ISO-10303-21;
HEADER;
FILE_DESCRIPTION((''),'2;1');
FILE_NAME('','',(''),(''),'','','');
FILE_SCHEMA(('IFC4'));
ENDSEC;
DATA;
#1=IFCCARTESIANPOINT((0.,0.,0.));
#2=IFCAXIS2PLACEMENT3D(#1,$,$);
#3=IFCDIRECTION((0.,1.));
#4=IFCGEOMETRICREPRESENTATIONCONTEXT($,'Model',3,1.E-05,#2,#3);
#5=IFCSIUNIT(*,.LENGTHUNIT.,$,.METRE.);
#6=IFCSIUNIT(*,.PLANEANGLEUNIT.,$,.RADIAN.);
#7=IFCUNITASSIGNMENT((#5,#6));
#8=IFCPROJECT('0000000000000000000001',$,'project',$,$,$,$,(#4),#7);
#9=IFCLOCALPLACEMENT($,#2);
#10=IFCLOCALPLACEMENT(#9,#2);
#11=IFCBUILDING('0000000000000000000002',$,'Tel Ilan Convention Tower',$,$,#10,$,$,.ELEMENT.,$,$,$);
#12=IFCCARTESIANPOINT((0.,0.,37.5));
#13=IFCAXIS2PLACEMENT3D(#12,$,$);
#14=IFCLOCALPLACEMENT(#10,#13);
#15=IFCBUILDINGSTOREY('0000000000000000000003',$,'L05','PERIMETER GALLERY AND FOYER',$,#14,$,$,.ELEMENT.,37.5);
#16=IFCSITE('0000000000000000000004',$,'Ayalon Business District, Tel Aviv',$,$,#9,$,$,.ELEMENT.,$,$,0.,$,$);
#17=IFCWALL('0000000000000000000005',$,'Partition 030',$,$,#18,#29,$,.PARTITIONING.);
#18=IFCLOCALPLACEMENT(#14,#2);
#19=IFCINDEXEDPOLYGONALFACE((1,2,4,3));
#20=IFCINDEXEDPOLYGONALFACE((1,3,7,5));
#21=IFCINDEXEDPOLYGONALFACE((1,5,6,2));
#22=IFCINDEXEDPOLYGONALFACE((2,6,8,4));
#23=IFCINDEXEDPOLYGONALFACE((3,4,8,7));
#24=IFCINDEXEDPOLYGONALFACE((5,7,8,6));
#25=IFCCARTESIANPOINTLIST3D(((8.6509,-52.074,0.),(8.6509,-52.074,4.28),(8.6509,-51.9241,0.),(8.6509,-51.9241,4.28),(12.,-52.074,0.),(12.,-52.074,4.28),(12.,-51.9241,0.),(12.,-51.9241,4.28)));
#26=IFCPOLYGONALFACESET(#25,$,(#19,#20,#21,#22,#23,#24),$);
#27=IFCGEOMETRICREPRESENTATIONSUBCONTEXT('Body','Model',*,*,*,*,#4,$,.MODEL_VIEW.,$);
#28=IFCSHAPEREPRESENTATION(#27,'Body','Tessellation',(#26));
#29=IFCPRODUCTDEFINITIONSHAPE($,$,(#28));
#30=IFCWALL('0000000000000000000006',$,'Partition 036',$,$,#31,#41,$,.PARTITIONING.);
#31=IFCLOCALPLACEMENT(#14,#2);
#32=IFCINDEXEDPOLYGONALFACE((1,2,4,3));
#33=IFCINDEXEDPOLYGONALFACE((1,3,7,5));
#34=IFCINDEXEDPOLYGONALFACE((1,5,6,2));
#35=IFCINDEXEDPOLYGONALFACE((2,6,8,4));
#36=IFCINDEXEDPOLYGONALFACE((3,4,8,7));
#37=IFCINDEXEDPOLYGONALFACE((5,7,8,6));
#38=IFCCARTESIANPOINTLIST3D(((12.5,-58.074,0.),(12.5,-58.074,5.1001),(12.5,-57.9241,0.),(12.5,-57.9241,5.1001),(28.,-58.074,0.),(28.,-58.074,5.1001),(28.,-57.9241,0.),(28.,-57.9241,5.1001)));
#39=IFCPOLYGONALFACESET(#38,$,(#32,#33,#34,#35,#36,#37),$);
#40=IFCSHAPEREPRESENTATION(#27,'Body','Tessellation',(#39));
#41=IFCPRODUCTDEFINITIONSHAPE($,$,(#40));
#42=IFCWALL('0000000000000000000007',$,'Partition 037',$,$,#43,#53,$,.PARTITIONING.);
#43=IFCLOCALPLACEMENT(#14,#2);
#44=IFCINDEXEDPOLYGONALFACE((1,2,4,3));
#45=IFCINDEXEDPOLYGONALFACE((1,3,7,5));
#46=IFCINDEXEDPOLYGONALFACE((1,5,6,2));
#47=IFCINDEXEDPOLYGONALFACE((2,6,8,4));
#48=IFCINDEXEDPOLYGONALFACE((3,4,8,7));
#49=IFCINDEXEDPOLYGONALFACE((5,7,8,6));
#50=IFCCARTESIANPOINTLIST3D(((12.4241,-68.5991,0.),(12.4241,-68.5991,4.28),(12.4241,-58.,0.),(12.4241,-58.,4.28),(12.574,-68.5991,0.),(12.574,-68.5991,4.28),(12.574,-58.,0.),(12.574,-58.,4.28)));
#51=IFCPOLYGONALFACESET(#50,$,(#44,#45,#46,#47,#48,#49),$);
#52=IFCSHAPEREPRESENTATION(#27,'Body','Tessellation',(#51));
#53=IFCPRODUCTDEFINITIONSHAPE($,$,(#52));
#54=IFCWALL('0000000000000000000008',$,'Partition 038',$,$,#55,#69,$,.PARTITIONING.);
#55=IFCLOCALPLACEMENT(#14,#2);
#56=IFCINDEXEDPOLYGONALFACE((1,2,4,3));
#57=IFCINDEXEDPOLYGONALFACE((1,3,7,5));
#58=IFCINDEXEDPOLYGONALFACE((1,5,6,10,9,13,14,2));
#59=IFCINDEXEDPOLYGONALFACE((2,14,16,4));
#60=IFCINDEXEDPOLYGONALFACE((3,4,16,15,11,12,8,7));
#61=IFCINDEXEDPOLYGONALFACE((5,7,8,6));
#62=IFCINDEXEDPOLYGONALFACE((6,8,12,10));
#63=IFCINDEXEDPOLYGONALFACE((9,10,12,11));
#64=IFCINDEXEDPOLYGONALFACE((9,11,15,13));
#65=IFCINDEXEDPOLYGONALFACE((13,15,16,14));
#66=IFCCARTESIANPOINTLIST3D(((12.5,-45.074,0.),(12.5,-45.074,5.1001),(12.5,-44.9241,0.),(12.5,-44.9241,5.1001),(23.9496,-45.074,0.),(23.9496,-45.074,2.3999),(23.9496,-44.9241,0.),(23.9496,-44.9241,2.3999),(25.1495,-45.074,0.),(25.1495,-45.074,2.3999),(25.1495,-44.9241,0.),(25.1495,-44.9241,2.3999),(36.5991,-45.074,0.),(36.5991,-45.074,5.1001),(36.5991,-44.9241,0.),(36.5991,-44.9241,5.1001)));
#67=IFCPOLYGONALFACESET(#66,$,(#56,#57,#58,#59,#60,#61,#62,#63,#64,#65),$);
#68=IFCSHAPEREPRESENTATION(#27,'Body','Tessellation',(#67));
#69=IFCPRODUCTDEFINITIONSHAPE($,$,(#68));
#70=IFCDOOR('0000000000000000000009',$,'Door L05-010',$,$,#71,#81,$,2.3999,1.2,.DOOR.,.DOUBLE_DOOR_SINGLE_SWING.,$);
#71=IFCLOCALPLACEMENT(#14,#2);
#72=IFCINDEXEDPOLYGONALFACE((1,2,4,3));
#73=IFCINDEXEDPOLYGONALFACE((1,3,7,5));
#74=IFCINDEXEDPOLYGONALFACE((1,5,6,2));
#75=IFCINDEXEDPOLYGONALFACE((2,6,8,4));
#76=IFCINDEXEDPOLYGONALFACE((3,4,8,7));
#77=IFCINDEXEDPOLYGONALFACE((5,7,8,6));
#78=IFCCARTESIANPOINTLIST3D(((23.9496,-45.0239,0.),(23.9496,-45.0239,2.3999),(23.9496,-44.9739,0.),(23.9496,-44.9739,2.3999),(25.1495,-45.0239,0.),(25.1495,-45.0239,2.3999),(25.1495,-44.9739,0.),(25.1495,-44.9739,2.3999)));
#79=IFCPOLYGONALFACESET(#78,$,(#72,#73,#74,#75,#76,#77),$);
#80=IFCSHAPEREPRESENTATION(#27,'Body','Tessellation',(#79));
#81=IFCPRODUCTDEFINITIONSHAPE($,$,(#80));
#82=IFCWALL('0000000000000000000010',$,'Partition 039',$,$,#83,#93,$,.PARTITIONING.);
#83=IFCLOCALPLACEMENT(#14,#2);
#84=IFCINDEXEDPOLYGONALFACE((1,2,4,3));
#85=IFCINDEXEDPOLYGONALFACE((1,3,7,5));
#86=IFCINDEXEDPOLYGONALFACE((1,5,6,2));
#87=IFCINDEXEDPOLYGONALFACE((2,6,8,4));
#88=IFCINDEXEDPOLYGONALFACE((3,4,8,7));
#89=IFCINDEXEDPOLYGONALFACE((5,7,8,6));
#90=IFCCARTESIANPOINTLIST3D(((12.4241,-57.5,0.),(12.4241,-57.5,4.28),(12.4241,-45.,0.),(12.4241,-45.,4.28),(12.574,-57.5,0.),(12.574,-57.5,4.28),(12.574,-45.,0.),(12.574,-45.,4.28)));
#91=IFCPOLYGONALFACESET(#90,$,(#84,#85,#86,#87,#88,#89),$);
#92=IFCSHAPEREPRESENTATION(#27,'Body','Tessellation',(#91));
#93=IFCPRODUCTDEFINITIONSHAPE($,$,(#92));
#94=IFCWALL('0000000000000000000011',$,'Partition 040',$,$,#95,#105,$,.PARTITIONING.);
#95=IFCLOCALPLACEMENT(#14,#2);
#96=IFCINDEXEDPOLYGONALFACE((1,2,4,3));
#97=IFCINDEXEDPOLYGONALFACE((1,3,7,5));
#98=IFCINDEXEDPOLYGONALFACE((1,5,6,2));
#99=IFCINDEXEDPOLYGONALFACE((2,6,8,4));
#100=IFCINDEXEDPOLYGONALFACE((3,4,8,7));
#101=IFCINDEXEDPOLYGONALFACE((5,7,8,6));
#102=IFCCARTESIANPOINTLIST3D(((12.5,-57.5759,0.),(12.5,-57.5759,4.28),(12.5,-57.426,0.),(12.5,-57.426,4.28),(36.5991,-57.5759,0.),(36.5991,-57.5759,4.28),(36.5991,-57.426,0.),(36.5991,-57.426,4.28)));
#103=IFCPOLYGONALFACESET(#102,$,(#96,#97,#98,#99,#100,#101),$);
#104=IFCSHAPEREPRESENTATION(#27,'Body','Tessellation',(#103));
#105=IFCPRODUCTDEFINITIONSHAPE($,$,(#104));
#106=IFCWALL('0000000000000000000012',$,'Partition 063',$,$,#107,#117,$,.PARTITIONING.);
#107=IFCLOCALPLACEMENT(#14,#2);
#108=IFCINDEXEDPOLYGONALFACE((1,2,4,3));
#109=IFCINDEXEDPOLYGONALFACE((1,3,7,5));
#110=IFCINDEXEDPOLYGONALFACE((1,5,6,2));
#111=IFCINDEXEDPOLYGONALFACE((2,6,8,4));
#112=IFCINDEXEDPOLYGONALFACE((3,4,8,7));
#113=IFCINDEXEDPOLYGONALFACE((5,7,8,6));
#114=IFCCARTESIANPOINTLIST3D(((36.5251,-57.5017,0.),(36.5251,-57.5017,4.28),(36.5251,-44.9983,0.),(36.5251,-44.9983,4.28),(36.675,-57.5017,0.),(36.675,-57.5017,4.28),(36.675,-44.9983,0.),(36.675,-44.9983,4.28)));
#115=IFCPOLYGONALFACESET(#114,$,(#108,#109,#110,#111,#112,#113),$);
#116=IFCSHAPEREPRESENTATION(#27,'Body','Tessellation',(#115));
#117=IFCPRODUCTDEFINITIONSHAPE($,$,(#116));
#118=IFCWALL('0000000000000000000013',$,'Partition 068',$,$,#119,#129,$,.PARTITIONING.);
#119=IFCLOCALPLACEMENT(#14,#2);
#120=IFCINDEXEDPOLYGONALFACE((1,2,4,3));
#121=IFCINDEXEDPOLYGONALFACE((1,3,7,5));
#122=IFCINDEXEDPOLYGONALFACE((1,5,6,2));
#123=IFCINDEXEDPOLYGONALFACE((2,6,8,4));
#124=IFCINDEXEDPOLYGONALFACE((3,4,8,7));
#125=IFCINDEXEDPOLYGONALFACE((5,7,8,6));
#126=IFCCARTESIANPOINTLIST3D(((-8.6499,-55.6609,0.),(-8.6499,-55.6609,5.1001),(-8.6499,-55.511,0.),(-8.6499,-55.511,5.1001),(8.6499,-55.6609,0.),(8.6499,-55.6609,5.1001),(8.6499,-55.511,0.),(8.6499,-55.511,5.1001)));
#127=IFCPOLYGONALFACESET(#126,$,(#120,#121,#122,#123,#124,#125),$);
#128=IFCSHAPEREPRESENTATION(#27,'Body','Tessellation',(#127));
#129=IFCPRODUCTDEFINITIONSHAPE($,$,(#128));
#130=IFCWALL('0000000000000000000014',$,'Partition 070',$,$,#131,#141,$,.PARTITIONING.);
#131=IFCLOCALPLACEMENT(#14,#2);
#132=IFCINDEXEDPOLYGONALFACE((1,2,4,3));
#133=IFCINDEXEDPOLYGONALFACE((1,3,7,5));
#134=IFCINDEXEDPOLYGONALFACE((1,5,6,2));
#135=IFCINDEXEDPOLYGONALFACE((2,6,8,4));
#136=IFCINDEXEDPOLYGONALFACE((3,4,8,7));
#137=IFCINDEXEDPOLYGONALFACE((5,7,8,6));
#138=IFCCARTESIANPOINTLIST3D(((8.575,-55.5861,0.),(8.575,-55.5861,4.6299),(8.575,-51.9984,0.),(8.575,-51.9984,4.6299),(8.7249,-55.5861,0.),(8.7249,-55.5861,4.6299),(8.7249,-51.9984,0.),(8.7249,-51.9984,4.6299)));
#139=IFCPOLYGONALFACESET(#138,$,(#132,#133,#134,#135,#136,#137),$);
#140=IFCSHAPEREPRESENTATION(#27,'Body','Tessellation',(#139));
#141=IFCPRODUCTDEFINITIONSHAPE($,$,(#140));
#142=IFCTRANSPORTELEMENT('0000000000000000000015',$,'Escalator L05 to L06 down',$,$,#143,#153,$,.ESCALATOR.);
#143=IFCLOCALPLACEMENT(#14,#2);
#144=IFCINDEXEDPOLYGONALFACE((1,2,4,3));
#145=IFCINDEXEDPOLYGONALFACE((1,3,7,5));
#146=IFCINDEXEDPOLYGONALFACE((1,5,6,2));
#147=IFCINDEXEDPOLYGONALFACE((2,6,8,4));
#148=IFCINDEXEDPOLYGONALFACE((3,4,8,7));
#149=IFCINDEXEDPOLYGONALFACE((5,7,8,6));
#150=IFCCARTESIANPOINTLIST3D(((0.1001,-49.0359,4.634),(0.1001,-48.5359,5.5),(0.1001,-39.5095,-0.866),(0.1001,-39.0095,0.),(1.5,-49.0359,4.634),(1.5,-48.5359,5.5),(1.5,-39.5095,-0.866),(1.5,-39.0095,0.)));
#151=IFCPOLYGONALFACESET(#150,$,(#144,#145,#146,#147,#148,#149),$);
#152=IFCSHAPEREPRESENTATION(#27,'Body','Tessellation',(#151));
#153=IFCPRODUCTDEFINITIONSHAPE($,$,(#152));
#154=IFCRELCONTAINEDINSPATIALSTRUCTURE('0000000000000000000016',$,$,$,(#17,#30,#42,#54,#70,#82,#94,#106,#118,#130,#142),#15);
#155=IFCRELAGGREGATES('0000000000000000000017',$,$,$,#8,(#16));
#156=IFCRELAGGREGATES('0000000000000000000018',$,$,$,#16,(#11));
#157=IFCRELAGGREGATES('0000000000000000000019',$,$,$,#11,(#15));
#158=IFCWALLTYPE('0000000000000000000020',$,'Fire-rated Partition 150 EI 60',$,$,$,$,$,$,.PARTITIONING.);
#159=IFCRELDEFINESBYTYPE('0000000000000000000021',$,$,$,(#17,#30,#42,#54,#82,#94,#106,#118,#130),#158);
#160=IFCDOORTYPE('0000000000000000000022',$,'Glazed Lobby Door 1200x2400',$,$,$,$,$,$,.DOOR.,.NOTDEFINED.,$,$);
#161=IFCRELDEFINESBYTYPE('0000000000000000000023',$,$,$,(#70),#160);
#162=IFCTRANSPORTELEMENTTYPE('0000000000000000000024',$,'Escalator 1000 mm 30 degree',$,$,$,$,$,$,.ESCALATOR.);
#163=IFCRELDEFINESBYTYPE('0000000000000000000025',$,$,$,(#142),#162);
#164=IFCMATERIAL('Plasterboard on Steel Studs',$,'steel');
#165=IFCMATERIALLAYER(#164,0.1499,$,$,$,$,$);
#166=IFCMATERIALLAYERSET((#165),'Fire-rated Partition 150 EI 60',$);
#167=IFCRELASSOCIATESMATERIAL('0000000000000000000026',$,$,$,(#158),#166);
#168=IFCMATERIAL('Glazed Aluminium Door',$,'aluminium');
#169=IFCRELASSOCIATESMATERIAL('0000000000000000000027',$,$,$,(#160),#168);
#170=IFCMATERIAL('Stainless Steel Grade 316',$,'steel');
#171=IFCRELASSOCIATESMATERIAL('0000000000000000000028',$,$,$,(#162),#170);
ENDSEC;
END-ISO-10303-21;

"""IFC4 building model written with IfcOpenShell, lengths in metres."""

from ifc_helpers import new_model, si_unit, direction, frame, frame_2d, origin, place, context, subcontext, project, spatial, polyline, rectangle, outline, extrude, material, layer, layer_set, type_object, element, fill, save


model = new_model("IFC4")

# Units and contexts
model_context = context("Model", 3, precision=1e-05, world=origin(), true_north=direction((0.0, 1.0)))
body_context = subcontext(model_context, "Body", "Model", "MODEL_VIEW")
ifc_project = project(units=[si_unit("LENGTHUNIT", "METRE"), si_unit("PLANEANGLEUNIT", "RADIAN")], contexts=[model_context])

# Site, building, storey
site_placement = place(None, origin())
site = spatial("IfcSite", under=ifc_project, at=site_placement, Name="Ayalon Business District, Tel Aviv", CompositionType="ELEMENT", RefElevation=0.0)
building_placement = place(site_placement, origin())
building = spatial("IfcBuilding", under=site, at=building_placement, Name="Tel Ilan Convention Tower", CompositionType="ELEMENT")
storey_placement = place(building_placement, frame((0.0, 0.0, 37.5)))
storey = spatial("IfcBuildingStorey", under=building, at=storey_placement, Name="L05", Description="PERIMETER GALLERY AND FOYER", CompositionType="ELEMENT", Elevation=37.5)

# Walls
ifc_material_1 = material(Name="Plasterboard on Steel Studs", Category="steel")
ifc_layer = layer(ifc_material_1, 0.1499)
ifc_layer_set = layer_set([ifc_layer], Name="Fire-rated Partition 150 EI 60")
wall_type = type_object("IfcWallType", Name="Fire-rated Partition 150 EI 60", PredefinedType="PARTITIONING", material=ifc_layer_set)
wall_1_placement = place(storey_placement, frame((12.0, -51.999, 0.0), z_axis=(0.0, 0.0, 1.0), x_axis=(-1.0, 0.0, 0.0)))
element("IfcWall", 1, at=wall_1_placement, inside=storey, type_object=wall_type, Name="Partition 030", PredefinedType="PARTITIONING", context=body_context, shape_type="SweptSolid", body=[
    extrude(rectangle(XDim=3.3491, YDim=0.1499, at=frame_2d((1.6746, 0.0))), origin(), (0.0, 0.0, 1.0), 4.28),
])
wall_2_placement = place(storey_placement, frame((28.0, -57.999, 0.0), z_axis=(0.0, 0.0, 1.0), x_axis=(-1.0, 0.0, 0.0)))
element("IfcWall", 2, at=wall_2_placement, inside=storey, type_object=wall_type, Name="Partition 036", PredefinedType="PARTITIONING", context=body_context, shape_type="SweptSolid", body=[
    extrude(rectangle(XDim=15.5, YDim=0.1499, at=frame_2d((7.75, 0.0))), origin(), (0.0, 0.0, 1.0), 5.1001),
])
wall_3_placement = place(storey_placement, frame((12.499, -58.0, 0.0), z_axis=(0.0, 0.0, 1.0), x_axis=(0.0, -1.0, 0.0)))
element("IfcWall", 3, at=wall_3_placement, inside=storey, type_object=wall_type, Name="Partition 037", PredefinedType="PARTITIONING", context=body_context, shape_type="SweptSolid", body=[
    extrude(rectangle(XDim=10.5991, YDim=0.1499, at=frame_2d((5.2996, 0.0))), origin(), (0.0, 0.0, 1.0), 4.28),
])

# Wall, opening, door
wall_4_placement = place(storey_placement, frame((36.5991, -44.999, 0.0), z_axis=(0.0, 0.0, 1.0), x_axis=(-1.0, 0.0, 0.0)))
wall_4 = element("IfcWall", 4, at=wall_4_placement, inside=storey, type_object=wall_type, Name="Partition 038", PredefinedType="PARTITIONING", context=body_context, shape_type="SweptSolid", body=[
    extrude(rectangle(XDim=24.0991, YDim=0.1499, at=frame_2d((12.0496, 0.0))), origin(), (0.0, 0.0, 1.0), 5.1001),
])
opening_placement = place(wall_4_placement, frame((11.4495, 0.0, 0.0)))
opening = element("IfcOpeningElement", 5, at=opening_placement, cuts=wall_4, PredefinedType="OPENING", context=body_context, shape_type="SweptSolid", body=[
    extrude(rectangle(XDim=1.2, YDim=2.3999, at=frame_2d((0.6001, 1.2))), frame((0.0, 0.085, 0.0), z_axis=(0.0, -1.0, 0.0), x_axis=(1.0, 0.0, 0.0)), (0.0, 0.0, 1.0), 0.1699),
])
ifc_material_2 = material(Name="Glazed Aluminium Door", Category="aluminium")
door_type = type_object("IfcDoorType", Name="Glazed Lobby Door 1200x2400", OperationType="NOTDEFINED", PredefinedType="DOOR", material=ifc_material_2)
door_placement = place(opening_placement, origin())
door = element("IfcDoor", 6, at=door_placement, inside=storey, type_object=door_type, Name="Door L05-010", OperationType="DOUBLE_DOOR_SINGLE_SWING", OverallHeight=2.3999, OverallWidth=1.2, PredefinedType="DOOR", context=body_context, shape_type="SweptSolid", body=[
    extrude(rectangle(XDim=1.2, YDim=2.3999, at=frame_2d((0.6001, 1.2))), frame((0.0, 0.0249, 0.0), z_axis=(0.0, -1.0, 0.0), x_axis=(1.0, 0.0, 0.0)), (0.0, 0.0, 1.0), 0.05),
])
fill(opening, door)

# Walls
wall_5_placement = place(storey_placement, frame((12.499, -45.0, 0.0), z_axis=(0.0, 0.0, 1.0), x_axis=(0.0, -1.0, 0.0)))
element("IfcWall", 7, at=wall_5_placement, inside=storey, type_object=wall_type, Name="Partition 039", PredefinedType="PARTITIONING", context=body_context, shape_type="SweptSolid", body=[
    extrude(rectangle(XDim=12.5, YDim=0.1499, at=frame_2d((6.25, 0.0))), origin(), (0.0, 0.0, 1.0), 4.28),
])
wall_6_placement = place(storey_placement, frame((12.5, -57.501, 0.0), z_axis=(0.0, 0.0, 1.0), x_axis=(1.0, 0.0, 0.0)))
element("IfcWall", 8, at=wall_6_placement, inside=storey, type_object=wall_type, Name="Partition 040", PredefinedType="PARTITIONING", context=body_context, shape_type="SweptSolid", body=[
    extrude(rectangle(XDim=24.0991, YDim=0.1499, at=frame_2d((12.0496, 0.0))), origin(), (0.0, 0.0, 1.0), 4.28),
])
wall_7_placement = place(storey_placement, frame((36.6001, -57.5017, 0.0), z_axis=(0.0, 0.0, 1.0), x_axis=(0.0, 1.0, 0.0)))
element("IfcWall", 9, at=wall_7_placement, inside=storey, type_object=wall_type, Name="Partition 063", PredefinedType="PARTITIONING", context=body_context, shape_type="SweptSolid", body=[
    extrude(rectangle(XDim=12.5034, YDim=0.1499, at=frame_2d((6.2517, 0.0))), origin(), (0.0, 0.0, 1.0), 4.28),
])
wall_8_placement = place(storey_placement, frame((8.6499, -55.5859, 0.0), z_axis=(0.0, 0.0, 1.0), x_axis=(-1.0, 0.0, 0.0)))
element("IfcWall", 10, at=wall_8_placement, inside=storey, type_object=wall_type, Name="Partition 068", PredefinedType="PARTITIONING", context=body_context, shape_type="SweptSolid", body=[
    extrude(rectangle(XDim=17.2998, YDim=0.1499, at=frame_2d((8.6499, 0.0))), origin(), (0.0, 0.0, 1.0), 5.1001),
])
wall_9_placement = place(storey_placement, frame((8.6499, -51.9983, 0.0), z_axis=(0.0, 0.0, 1.0), x_axis=(0.0, -1.0, 0.0)))
element("IfcWall", 11, at=wall_9_placement, inside=storey, type_object=wall_type, Name="Partition 070", PredefinedType="PARTITIONING", context=body_context, shape_type="SweptSolid", body=[
    extrude(rectangle(XDim=3.5876, YDim=0.1499, at=frame_2d((1.7939, 0.0))), origin(), (0.0, 0.0, 1.0), 4.6299),
])

# Transport element
ifc_material_3 = material(Name="Stainless Steel Grade 316", Category="steel")
transport_element_type = type_object("IfcTransportElementType", Name="Escalator 1000 mm 30 degree", PredefinedType="ESCALATOR", material=ifc_material_3)
transport_element_placement = place(storey_placement, frame((0.1001, -39.0095, 0.0), z_axis=(0.0, 0.499997, 0.866027), x_axis=(1.0, 0.0, 0.0)))
element("IfcTransportElement", 12, at=transport_element_placement, inside=storey, type_object=transport_element_type, Name="Escalator L05 to L06 down", PredefinedType="ESCALATOR", context=body_context, shape_type="SweptSolid", body=[
    extrude(outline(polyline([(0.0, 0.0), (1.3999, 0.0), (1.3999, -11.0001), (0.0, -11.0001), (0.0, 0.0)])), origin(), (0.0, 0.0, -1.0), 1.0),
])

save(model, "model.ifc")
